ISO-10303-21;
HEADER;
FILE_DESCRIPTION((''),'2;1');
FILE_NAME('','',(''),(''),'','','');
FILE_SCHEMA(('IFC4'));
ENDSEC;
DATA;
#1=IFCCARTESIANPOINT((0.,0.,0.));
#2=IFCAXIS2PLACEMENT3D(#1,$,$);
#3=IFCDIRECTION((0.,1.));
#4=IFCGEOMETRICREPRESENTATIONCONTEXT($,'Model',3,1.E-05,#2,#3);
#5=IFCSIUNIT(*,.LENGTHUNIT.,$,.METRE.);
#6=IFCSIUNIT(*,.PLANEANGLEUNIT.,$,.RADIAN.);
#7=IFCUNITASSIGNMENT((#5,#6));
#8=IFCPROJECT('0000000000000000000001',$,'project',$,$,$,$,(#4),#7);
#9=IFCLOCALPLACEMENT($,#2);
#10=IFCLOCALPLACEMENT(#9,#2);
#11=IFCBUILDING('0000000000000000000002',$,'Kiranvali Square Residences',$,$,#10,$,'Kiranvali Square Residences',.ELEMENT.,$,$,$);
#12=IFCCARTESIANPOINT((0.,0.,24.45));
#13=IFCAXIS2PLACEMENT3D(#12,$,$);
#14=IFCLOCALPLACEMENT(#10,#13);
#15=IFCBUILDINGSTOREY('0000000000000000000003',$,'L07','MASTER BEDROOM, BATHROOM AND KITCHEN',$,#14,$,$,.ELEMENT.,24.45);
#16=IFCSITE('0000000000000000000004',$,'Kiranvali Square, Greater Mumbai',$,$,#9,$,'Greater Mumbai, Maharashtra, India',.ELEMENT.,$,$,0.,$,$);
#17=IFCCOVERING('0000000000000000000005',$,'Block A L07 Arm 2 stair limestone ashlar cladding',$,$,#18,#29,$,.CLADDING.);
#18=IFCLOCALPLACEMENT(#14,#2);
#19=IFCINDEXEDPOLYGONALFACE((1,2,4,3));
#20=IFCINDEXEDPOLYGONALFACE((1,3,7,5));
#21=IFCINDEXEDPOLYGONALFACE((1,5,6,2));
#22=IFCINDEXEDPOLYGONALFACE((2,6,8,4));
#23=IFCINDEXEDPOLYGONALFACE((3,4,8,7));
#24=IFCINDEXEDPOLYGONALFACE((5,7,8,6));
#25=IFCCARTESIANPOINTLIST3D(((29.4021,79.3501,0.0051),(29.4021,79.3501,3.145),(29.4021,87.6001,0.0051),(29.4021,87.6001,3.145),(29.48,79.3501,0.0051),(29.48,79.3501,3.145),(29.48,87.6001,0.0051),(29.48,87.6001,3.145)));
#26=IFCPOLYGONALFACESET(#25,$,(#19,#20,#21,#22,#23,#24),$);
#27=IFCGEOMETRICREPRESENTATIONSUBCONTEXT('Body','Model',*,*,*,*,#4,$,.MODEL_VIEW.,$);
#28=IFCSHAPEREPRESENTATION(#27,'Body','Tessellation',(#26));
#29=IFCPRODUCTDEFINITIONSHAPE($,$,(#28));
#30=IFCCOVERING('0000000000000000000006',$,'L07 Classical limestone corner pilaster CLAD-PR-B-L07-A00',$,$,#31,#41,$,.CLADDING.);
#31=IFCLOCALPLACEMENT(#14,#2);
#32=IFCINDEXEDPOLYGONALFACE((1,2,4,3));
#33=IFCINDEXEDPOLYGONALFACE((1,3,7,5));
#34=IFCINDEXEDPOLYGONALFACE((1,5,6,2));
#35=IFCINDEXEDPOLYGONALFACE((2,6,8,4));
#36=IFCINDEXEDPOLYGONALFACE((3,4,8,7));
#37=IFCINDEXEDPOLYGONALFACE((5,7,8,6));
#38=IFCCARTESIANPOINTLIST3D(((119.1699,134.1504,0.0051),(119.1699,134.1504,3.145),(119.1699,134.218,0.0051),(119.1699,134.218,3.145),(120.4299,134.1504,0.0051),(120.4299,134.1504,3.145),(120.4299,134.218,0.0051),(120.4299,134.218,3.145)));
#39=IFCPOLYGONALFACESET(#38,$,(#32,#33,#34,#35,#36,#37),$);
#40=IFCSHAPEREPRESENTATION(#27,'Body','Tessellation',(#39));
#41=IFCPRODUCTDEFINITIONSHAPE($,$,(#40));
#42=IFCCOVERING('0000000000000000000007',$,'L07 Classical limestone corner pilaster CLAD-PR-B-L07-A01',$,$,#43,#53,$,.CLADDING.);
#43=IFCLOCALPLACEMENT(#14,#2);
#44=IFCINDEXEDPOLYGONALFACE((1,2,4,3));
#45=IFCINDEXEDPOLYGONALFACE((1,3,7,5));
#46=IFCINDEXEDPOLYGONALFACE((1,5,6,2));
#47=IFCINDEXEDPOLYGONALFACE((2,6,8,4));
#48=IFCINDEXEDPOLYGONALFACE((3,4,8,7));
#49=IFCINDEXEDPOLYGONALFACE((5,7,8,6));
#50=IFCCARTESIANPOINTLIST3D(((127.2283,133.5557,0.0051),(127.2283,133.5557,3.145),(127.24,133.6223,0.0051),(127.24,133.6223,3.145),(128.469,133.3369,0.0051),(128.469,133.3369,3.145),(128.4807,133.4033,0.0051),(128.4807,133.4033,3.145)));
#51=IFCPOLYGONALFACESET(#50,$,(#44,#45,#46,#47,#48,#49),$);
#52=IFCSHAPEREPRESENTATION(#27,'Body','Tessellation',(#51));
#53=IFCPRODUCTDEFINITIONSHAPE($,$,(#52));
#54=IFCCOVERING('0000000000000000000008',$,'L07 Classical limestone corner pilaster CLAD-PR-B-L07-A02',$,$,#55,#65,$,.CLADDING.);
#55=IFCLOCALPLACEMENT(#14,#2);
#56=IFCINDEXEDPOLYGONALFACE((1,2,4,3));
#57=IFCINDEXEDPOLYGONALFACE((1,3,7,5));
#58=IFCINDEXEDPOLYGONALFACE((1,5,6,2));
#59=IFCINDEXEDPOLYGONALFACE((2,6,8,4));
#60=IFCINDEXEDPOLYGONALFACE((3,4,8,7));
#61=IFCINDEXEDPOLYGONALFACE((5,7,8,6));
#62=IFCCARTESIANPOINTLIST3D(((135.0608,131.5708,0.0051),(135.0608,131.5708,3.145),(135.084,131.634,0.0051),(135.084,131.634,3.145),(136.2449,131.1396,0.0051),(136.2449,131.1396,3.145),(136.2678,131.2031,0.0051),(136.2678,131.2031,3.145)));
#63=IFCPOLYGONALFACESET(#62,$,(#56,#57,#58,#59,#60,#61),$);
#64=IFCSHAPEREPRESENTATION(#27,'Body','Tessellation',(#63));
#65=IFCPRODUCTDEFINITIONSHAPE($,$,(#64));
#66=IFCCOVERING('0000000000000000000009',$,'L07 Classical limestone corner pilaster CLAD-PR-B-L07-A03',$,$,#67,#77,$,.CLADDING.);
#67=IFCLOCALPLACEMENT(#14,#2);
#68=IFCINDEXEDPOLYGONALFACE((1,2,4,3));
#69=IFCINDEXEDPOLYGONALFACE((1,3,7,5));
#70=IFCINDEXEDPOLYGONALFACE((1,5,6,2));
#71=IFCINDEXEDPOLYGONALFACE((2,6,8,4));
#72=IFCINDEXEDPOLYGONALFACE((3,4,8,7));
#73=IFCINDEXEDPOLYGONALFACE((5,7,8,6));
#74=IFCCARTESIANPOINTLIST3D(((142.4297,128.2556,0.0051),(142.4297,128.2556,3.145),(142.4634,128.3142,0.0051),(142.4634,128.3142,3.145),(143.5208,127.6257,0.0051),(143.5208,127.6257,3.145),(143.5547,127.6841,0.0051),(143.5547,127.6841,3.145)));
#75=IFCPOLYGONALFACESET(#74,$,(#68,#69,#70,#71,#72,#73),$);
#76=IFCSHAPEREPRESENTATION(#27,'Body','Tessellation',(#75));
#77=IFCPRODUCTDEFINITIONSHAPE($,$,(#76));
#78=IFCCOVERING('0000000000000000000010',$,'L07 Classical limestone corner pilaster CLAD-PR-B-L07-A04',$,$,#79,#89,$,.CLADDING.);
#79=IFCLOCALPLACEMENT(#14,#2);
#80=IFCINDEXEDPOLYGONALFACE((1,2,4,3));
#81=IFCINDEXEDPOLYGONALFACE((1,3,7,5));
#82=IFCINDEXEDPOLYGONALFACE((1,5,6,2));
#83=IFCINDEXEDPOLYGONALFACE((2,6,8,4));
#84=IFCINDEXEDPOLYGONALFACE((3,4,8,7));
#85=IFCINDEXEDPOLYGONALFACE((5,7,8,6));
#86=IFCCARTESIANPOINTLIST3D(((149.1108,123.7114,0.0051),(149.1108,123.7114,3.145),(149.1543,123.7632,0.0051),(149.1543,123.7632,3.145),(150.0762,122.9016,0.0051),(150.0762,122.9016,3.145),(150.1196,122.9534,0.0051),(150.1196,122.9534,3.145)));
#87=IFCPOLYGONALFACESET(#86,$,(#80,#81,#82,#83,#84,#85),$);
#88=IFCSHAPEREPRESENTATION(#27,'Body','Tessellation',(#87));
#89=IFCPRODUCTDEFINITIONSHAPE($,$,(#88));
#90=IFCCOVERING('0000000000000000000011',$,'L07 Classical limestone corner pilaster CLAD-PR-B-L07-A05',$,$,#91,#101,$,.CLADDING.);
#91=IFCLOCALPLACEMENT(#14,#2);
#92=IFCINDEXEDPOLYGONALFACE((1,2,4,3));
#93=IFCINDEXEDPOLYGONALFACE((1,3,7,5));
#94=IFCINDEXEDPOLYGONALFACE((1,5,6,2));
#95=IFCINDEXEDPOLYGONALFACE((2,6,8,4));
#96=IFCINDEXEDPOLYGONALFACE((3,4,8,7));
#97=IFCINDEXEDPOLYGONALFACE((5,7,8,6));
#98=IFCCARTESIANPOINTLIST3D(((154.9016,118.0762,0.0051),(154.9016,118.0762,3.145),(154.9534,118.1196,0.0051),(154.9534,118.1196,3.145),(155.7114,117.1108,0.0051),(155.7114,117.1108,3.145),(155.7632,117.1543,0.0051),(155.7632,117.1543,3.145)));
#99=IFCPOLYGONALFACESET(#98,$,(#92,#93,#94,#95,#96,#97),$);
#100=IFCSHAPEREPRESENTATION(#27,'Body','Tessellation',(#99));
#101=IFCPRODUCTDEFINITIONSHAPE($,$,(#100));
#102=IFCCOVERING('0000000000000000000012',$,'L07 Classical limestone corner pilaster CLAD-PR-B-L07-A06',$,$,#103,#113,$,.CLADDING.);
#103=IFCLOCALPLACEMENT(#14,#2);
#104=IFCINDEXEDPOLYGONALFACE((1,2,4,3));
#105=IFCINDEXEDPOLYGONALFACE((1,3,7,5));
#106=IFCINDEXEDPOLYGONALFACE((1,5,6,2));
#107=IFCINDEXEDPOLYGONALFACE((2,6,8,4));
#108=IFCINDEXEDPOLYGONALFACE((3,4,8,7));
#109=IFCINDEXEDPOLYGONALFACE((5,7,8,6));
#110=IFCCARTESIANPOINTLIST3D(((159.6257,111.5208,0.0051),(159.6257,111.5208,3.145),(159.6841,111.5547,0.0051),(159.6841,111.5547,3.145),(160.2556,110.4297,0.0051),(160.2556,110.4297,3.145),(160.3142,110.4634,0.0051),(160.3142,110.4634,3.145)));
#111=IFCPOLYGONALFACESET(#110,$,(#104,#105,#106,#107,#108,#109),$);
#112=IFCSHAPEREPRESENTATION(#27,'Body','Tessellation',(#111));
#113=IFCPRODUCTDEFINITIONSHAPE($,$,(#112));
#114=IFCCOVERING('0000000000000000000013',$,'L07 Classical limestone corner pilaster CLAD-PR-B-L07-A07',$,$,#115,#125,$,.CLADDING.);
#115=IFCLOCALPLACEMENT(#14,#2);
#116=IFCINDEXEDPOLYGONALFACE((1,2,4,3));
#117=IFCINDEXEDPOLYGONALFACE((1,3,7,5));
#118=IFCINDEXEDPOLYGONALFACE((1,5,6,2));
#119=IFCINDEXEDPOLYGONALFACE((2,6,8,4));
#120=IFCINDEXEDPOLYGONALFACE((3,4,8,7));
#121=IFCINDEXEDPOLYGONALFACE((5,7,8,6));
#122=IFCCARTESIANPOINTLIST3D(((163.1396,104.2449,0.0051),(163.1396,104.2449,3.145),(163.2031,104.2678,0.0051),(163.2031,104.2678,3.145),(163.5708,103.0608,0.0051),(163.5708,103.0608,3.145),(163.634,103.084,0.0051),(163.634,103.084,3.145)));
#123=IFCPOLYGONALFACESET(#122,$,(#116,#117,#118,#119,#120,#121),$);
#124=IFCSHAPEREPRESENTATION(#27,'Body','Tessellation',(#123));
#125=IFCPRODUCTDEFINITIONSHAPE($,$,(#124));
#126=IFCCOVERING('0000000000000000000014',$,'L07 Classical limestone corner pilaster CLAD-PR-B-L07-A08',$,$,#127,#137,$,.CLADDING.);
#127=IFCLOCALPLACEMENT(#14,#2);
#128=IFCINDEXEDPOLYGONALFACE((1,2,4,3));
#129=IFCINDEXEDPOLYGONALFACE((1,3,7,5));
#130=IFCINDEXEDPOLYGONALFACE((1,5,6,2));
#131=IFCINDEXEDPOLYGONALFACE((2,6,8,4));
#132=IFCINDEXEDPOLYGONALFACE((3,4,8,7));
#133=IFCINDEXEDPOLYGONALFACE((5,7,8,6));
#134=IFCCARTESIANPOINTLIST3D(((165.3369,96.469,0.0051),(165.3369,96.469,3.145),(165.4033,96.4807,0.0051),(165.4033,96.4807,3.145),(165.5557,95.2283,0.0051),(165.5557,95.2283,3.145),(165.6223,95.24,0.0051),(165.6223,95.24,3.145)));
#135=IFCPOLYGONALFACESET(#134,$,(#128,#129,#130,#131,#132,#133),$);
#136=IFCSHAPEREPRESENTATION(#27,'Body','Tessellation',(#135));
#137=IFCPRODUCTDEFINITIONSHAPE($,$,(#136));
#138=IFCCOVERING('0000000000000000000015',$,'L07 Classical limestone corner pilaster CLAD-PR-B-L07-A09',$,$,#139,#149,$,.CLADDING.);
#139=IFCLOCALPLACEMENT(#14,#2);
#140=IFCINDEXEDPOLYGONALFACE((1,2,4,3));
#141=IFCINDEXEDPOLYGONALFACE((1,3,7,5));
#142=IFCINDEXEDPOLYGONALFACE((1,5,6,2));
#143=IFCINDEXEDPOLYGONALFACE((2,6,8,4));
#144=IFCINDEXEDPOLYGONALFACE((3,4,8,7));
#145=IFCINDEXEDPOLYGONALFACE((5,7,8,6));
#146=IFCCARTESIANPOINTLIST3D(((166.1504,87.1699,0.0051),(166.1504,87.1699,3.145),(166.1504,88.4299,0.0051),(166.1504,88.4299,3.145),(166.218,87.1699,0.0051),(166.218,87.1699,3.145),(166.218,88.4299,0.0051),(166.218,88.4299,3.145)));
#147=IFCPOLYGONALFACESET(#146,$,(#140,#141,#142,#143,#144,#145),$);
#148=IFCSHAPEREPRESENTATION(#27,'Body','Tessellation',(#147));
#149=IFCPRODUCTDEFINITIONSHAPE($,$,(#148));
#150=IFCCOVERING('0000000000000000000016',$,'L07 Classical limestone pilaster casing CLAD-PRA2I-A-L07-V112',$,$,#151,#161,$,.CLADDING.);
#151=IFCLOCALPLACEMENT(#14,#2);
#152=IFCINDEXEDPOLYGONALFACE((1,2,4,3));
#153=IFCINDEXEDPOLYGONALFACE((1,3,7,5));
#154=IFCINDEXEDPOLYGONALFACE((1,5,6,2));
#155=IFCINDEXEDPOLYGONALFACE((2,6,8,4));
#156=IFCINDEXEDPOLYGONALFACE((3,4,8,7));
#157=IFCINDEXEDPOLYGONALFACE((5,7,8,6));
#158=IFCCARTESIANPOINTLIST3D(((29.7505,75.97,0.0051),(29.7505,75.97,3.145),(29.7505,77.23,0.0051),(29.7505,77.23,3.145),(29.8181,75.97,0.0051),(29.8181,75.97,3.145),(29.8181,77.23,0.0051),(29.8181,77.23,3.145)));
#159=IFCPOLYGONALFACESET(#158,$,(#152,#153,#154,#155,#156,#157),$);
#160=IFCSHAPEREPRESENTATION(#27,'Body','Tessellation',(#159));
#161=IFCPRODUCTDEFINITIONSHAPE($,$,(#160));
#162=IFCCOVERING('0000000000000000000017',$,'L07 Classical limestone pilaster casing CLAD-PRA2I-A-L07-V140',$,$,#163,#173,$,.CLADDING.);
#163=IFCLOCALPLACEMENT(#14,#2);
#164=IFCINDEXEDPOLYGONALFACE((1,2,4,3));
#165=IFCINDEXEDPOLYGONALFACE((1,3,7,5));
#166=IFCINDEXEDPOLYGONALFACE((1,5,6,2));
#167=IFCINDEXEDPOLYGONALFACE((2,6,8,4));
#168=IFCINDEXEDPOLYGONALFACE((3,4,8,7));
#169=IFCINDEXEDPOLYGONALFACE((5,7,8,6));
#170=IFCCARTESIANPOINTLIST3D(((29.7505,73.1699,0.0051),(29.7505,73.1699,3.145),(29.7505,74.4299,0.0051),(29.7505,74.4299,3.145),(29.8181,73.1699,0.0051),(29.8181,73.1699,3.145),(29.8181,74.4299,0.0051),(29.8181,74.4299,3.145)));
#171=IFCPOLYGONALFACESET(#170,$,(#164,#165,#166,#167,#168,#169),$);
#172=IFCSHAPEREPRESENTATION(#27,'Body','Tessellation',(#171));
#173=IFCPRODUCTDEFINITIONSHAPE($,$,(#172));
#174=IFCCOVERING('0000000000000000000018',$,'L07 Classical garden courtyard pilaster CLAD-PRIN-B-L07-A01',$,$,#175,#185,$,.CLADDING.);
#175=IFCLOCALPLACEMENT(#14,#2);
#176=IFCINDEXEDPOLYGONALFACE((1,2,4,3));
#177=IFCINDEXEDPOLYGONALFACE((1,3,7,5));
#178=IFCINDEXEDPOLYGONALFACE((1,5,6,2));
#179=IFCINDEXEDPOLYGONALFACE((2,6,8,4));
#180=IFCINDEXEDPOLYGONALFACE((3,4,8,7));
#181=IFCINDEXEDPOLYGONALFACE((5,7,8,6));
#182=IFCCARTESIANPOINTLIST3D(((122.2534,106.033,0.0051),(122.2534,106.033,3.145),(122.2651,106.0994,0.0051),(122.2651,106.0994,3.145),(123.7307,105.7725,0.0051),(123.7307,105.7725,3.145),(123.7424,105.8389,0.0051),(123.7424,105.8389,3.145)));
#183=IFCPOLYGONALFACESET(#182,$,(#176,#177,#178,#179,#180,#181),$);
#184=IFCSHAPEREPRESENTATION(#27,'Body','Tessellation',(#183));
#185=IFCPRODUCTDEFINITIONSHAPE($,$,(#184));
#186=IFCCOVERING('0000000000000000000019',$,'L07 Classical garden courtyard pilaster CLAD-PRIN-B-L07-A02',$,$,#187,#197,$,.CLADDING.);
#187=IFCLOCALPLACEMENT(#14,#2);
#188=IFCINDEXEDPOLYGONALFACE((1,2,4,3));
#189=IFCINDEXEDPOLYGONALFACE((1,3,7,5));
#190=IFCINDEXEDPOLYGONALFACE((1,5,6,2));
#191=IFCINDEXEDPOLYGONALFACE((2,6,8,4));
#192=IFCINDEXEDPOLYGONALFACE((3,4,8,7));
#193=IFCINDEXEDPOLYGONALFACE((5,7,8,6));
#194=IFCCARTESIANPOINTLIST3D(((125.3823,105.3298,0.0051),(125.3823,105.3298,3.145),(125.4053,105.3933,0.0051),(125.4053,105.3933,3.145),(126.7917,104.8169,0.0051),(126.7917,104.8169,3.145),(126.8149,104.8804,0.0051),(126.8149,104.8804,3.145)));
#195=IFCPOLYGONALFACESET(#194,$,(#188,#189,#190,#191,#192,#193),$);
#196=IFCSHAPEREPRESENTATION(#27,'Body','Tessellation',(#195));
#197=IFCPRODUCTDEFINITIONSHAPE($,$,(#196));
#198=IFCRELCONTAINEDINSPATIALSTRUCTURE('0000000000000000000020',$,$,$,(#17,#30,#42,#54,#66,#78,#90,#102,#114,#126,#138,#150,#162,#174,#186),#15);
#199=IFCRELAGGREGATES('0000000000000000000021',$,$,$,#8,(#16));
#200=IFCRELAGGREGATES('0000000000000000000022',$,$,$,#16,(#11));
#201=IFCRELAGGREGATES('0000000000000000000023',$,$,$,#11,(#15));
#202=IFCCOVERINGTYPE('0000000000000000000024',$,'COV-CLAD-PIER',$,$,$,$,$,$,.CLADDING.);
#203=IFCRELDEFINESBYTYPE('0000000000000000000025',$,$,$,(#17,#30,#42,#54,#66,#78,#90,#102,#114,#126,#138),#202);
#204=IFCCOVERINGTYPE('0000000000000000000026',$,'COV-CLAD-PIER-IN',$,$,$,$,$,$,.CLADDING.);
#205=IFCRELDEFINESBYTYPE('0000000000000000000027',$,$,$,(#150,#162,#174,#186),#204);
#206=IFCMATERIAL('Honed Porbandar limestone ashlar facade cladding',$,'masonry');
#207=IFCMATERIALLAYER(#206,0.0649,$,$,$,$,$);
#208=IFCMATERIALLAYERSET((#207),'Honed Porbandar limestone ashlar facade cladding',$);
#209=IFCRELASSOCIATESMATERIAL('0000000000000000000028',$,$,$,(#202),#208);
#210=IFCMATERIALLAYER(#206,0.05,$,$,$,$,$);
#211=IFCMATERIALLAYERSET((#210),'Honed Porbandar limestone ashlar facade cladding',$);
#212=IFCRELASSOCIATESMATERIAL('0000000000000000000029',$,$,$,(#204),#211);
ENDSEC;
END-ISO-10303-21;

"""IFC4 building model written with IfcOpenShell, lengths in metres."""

from ifc_helpers import new_model, si_unit, direction, frame, origin, place, context, subcontext, project, spatial, polyline, outline, extrude, material, layer, layer_set, type_object, element, save


model = new_model("IFC4")

# Units and contexts
model_context = context("Model", 3, precision=1e-05, world=origin(), true_north=direction((0.0, 1.0)))
body_context = subcontext(model_context, "Body", "Model", "MODEL_VIEW")
ifc_project = project(units=[si_unit("LENGTHUNIT", "METRE"), si_unit("PLANEANGLEUNIT", "RADIAN")], contexts=[model_context])

# Site, building, storey
site_placement = place(None, origin())
site = spatial("IfcSite", under=ifc_project, at=site_placement, Name="Kiranvali Square, Greater Mumbai", LongName="Greater Mumbai, Maharashtra, India", CompositionType="ELEMENT", RefElevation=0.0)
building_placement = place(site_placement, origin())
building = spatial("IfcBuilding", under=site, at=building_placement, Name="Kiranvali Square Residences", LongName="Kiranvali Square Residences", CompositionType="ELEMENT")
storey_placement = place(building_placement, frame((0.0, 0.0, 24.45)))
storey = spatial("IfcBuildingStorey", under=building, at=storey_placement, Name="L07", Description="MASTER BEDROOM, BATHROOM AND KITCHEN", CompositionType="ELEMENT", Elevation=24.45)

# Coverings
ifc_material = material(Name="Honed Porbandar limestone ashlar facade cladding", Category="masonry")
ifc_layer_1 = layer(ifc_material, 0.0649)
ifc_layer_set_1 = layer_set([ifc_layer_1], Name="Honed Porbandar limestone ashlar facade cladding")
covering_type_1 = type_object("IfcCoveringType", Name="COV-CLAD-PIER", PredefinedType="CLADDING", material=ifc_layer_set_1)
covering_1_placement = place(storey_placement, frame((0.0, 0.0, 0.0051)))
element("IfcCovering", 1, at=covering_1_placement, inside=storey, type_object=covering_type_1, Name="Block A L07 Arm 2 stair limestone ashlar cladding", PredefinedType="CLADDING", context=body_context, shape_type="SweptSolid", body=[
    extrude(outline(polyline([(29.4021, 87.6001), (29.4021, 79.3501), (29.48, 79.3501), (29.48, 87.6001), (29.4021, 87.6001)])), origin(), (0.0, 0.0, 1.0), 3.1399),
])
covering_2_placement = place(storey_placement, frame((0.0, 0.0, 0.0051)))
element("IfcCovering", 2, at=covering_2_placement, inside=storey, type_object=covering_type_1, Name="L07 Classical limestone corner pilaster CLAD-PR-B-L07-A00", PredefinedType="CLADDING", context=body_context, shape_type="SweptSolid", body=[
    extrude(outline(polyline([(120.4299, 134.218), (119.1699, 134.218), (119.1699, 134.1504), (120.4299, 134.1504), (120.4299, 134.218)])), origin(), (0.0, 0.0, 1.0), 3.1399),
])
covering_3_placement = place(storey_placement, frame((0.0, 0.0, 0.0051)))
element("IfcCovering", 3, at=covering_3_placement, inside=storey, type_object=covering_type_1, Name="L07 Classical limestone corner pilaster CLAD-PR-B-L07-A01", PredefinedType="CLADDING", context=body_context, shape_type="SweptSolid", body=[
    extrude(outline(polyline([(128.4807, 133.4033), (127.24, 133.6223), (127.2283, 133.5557), (128.469, 133.3369), (128.4807, 133.4033)])), origin(), (0.0, 0.0, 1.0), 3.1399),
])
covering_4_placement = place(storey_placement, frame((0.0, 0.0, 0.0051)))
element("IfcCovering", 4, at=covering_4_placement, inside=storey, type_object=covering_type_1, Name="L07 Classical limestone corner pilaster CLAD-PR-B-L07-A02", PredefinedType="CLADDING", context=body_context, shape_type="SweptSolid", body=[
    extrude(outline(polyline([(136.2678, 131.2031), (135.084, 131.634), (135.0608, 131.5708), (136.2449, 131.1396), (136.2678, 131.2031)])), origin(), (0.0, 0.0, 1.0), 3.1399),
])
covering_5_placement = place(storey_placement, frame((0.0, 0.0, 0.0051)))
element("IfcCovering", 5, at=covering_5_placement, inside=storey, type_object=covering_type_1, Name="L07 Classical limestone corner pilaster CLAD-PR-B-L07-A03", PredefinedType="CLADDING", context=body_context, shape_type="SweptSolid", body=[
    extrude(outline(polyline([(143.5547, 127.6841), (142.4634, 128.3142), (142.4297, 128.2556), (143.5208, 127.6257), (143.5547, 127.6841)])), origin(), (0.0, 0.0, 1.0), 3.1399),
])
covering_6_placement = place(storey_placement, frame((0.0, 0.0, 0.0051)))
element("IfcCovering", 6, at=covering_6_placement, inside=storey, type_object=covering_type_1, Name="L07 Classical limestone corner pilaster CLAD-PR-B-L07-A04", PredefinedType="CLADDING", context=body_context, shape_type="SweptSolid", body=[
    extrude(outline(polyline([(150.1196, 122.9534), (149.1543, 123.7632), (149.1108, 123.7114), (150.0762, 122.9016), (150.1196, 122.9534)])), origin(), (0.0, 0.0, 1.0), 3.1399),
])
covering_7_placement = place(storey_placement, frame((0.0, 0.0, 0.0051)))
element("IfcCovering", 7, at=covering_7_placement, inside=storey, type_object=covering_type_1, Name="L07 Classical limestone corner pilaster CLAD-PR-B-L07-A05", PredefinedType="CLADDING", context=body_context, shape_type="SweptSolid", body=[
    extrude(outline(polyline([(155.7632, 117.1543), (154.9534, 118.1196), (154.9016, 118.0762), (155.7114, 117.1108), (155.7632, 117.1543)])), origin(), (0.0, 0.0, 1.0), 3.1399),
])
covering_8_placement = place(storey_placement, frame((0.0, 0.0, 0.0051)))
element("IfcCovering", 8, at=covering_8_placement, inside=storey, type_object=covering_type_1, Name="L07 Classical limestone corner pilaster CLAD-PR-B-L07-A06", PredefinedType="CLADDING", context=body_context, shape_type="SweptSolid", body=[
    extrude(outline(polyline([(160.3142, 110.4634), (159.6841, 111.5547), (159.6257, 111.5208), (160.2556, 110.4297), (160.3142, 110.4634)])), origin(), (0.0, 0.0, 1.0), 3.1399),
])
covering_9_placement = place(storey_placement, frame((0.0, 0.0, 0.0051)))
element("IfcCovering", 9, at=covering_9_placement, inside=storey, type_object=covering_type_1, Name="L07 Classical limestone corner pilaster CLAD-PR-B-L07-A07", PredefinedType="CLADDING", context=body_context, shape_type="SweptSolid", body=[
    extrude(outline(polyline([(163.634, 103.084), (163.2031, 104.2678), (163.1396, 104.2449), (163.5708, 103.0608), (163.634, 103.084)])), origin(), (0.0, 0.0, 1.0), 3.1399),
])
covering_10_placement = place(storey_placement, frame((0.0, 0.0, 0.0051)))
element("IfcCovering", 10, at=covering_10_placement, inside=storey, type_object=covering_type_1, Name="L07 Classical limestone corner pilaster CLAD-PR-B-L07-A08", PredefinedType="CLADDING", context=body_context, shape_type="SweptSolid", body=[
    extrude(outline(polyline([(165.6223, 95.24), (165.4033, 96.4807), (165.3369, 96.469), (165.5557, 95.2283), (165.6223, 95.24)])), origin(), (0.0, 0.0, 1.0), 3.1399),
])
covering_11_placement = place(storey_placement, frame((0.0, 0.0, 0.0051)))
element("IfcCovering", 11, at=covering_11_placement, inside=storey, type_object=covering_type_1, Name="L07 Classical limestone corner pilaster CLAD-PR-B-L07-A09", PredefinedType="CLADDING", context=body_context, shape_type="SweptSolid", body=[
    extrude(outline(polyline([(166.218, 87.1699), (166.218, 88.4299), (166.1504, 88.4299), (166.1504, 87.1699), (166.218, 87.1699)])), origin(), (0.0, 0.0, 1.0), 3.1399),
])
ifc_layer_2 = layer(ifc_material, 0.05)
ifc_layer_set_2 = layer_set([ifc_layer_2], Name="Honed Porbandar limestone ashlar facade cladding")
covering_type_2 = type_object("IfcCoveringType", Name="COV-CLAD-PIER-IN", PredefinedType="CLADDING", material=ifc_layer_set_2)
covering_12_placement = place(storey_placement, frame((0.0, 0.0, 0.0051)))
element("IfcCovering", 12, at=covering_12_placement, inside=storey, type_object=covering_type_2, Name="L07 Classical limestone pilaster casing CLAD-PRA2I-A-L07-V112", PredefinedType="CLADDING", context=body_context, shape_type="SweptSolid", body=[
    extrude(outline(polyline([(29.7505, 77.23), (29.7505, 75.97), (29.8181, 75.97), (29.8181, 77.23), (29.7505, 77.23)])), origin(), (0.0, 0.0, 1.0), 3.1399),
])
covering_13_placement = place(storey_placement, frame((0.0, 0.0, 0.0051)))
element("IfcCovering", 13, at=covering_13_placement, inside=storey, type_object=covering_type_2, Name="L07 Classical limestone pilaster casing CLAD-PRA2I-A-L07-V140", PredefinedType="CLADDING", context=body_context, shape_type="SweptSolid", body=[
    extrude(outline(polyline([(29.7505, 74.4299), (29.7505, 73.1699), (29.8181, 73.1699), (29.8181, 74.4299), (29.7505, 74.4299)])), origin(), (0.0, 0.0, 1.0), 3.1399),
])
covering_14_placement = place(storey_placement, frame((0.0, 0.0, 0.0051)))
element("IfcCovering", 14, at=covering_14_placement, inside=storey, type_object=covering_type_2, Name="L07 Classical garden courtyard pilaster CLAD-PRIN-B-L07-A01", PredefinedType="CLADDING", context=body_context, shape_type="SweptSolid", body=[
    extrude(outline(polyline([(122.2534, 106.033), (123.7307, 105.7725), (123.7424, 105.8389), (122.2651, 106.0994), (122.2534, 106.033)])), origin(), (0.0, 0.0, 1.0), 3.1399),
])
covering_15_placement = place(storey_placement, frame((0.0, 0.0, 0.0051)))
element("IfcCovering", 15, at=covering_15_placement, inside=storey, type_object=covering_type_2, Name="L07 Classical garden courtyard pilaster CLAD-PRIN-B-L07-A02", PredefinedType="CLADDING", context=body_context, shape_type="SweptSolid", body=[
    extrude(outline(polyline([(125.3823, 105.3298), (126.7917, 104.8169), (126.8149, 104.8804), (125.4053, 105.3933), (125.3823, 105.3298)])), origin(), (0.0, 0.0, 1.0), 3.1399),
])

save(model, "model.ifc")
